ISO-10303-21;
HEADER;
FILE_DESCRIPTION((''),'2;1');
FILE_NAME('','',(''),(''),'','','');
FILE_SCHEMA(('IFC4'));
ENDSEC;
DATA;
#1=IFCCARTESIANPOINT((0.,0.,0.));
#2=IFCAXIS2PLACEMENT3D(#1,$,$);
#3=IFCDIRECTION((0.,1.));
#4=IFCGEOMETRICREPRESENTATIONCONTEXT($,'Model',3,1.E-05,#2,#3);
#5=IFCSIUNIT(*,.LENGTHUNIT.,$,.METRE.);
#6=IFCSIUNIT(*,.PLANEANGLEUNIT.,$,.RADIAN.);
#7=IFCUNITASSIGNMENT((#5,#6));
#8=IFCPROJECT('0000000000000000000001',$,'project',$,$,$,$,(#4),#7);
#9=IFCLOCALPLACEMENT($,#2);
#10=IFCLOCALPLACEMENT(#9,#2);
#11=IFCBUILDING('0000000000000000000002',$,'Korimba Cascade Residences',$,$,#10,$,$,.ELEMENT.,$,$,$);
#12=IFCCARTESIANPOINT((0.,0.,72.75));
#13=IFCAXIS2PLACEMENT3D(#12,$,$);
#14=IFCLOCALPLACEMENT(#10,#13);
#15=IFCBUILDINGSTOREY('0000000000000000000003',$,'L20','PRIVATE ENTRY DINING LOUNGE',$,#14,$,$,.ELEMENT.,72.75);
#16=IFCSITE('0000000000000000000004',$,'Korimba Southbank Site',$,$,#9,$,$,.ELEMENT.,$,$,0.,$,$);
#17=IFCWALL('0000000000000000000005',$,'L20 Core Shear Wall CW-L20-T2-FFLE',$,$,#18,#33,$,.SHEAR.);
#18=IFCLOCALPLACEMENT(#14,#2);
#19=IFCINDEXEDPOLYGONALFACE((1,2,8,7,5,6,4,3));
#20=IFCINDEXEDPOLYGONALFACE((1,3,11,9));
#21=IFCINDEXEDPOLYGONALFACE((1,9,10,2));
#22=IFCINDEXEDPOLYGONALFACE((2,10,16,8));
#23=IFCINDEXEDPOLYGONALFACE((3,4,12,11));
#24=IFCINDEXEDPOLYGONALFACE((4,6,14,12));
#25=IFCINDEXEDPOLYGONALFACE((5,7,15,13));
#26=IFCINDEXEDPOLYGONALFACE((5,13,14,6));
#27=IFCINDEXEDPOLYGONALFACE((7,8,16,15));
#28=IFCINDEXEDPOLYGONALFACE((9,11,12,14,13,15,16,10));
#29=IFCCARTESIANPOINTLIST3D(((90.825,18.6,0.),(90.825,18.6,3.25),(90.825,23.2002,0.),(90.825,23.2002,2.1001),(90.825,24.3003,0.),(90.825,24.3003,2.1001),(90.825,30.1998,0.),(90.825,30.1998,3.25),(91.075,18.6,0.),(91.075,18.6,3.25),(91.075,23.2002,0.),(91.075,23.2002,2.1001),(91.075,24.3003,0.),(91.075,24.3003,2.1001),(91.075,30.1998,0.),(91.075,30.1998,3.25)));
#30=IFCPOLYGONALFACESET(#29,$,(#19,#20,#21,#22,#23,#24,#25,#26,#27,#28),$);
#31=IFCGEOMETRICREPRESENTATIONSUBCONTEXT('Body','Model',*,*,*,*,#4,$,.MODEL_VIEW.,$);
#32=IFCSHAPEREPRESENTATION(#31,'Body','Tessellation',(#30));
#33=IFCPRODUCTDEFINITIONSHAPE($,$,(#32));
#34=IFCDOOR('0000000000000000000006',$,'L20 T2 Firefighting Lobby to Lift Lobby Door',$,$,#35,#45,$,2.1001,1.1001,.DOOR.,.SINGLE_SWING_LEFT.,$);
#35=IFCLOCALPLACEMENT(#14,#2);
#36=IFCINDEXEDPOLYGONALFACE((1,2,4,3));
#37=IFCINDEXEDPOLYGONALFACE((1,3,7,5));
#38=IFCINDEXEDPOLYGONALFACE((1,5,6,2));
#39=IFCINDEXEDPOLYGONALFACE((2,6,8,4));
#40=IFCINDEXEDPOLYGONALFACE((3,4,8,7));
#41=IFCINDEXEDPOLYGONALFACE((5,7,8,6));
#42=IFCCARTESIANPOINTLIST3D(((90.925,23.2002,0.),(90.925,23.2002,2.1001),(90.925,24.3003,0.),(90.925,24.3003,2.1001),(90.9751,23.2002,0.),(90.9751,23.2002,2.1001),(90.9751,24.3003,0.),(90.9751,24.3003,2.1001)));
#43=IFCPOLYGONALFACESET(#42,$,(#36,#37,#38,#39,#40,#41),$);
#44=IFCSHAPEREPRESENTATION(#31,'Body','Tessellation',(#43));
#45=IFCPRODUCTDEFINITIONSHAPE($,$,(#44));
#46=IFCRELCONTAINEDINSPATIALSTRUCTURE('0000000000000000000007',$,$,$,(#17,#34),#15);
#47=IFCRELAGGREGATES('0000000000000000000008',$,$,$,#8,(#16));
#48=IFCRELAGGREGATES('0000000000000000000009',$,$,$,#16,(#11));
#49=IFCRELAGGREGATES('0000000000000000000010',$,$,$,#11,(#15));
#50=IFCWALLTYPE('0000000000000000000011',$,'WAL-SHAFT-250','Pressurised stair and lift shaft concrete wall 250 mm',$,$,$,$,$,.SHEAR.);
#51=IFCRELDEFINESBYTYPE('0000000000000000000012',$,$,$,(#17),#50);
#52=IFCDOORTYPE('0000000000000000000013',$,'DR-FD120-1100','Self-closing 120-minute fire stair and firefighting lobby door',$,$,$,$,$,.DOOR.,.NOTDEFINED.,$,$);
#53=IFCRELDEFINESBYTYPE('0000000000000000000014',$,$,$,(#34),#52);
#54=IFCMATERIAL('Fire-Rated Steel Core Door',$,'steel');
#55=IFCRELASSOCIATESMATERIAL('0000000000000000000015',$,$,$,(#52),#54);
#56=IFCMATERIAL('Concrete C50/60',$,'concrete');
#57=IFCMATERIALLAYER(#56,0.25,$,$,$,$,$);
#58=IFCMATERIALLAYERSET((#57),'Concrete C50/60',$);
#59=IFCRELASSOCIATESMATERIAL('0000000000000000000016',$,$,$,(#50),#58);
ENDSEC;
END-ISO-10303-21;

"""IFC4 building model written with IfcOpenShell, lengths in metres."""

from ifc_helpers import new_model, si_unit, direction, frame, frame_2d, origin, place, context, subcontext, project, spatial, rectangle, extrude, material, layer, layer_set, type_object, element, fill, save


model = new_model("IFC4")

# Units and contexts
model_context = context("Model", 3, precision=1e-05, world=origin(), true_north=direction((0.0, 1.0)))
body_context = subcontext(model_context, "Body", "Model", "MODEL_VIEW")
ifc_project = project(units=[si_unit("LENGTHUNIT", "METRE"), si_unit("PLANEANGLEUNIT", "RADIAN")], contexts=[model_context])

# Site, building, storey
site_placement = place(None, origin())
site = spatial("IfcSite", under=ifc_project, at=site_placement, Name="Korimba Southbank Site", CompositionType="ELEMENT", RefElevation=0.0)
building_placement = place(site_placement, origin())
building = spatial("IfcBuilding", under=site, at=building_placement, Name="Korimba Cascade Residences", CompositionType="ELEMENT")
storey_placement = place(building_placement, frame((0.0, 0.0, 72.75)))
storey = spatial("IfcBuildingStorey", under=building, at=storey_placement, Name="L20", Description="PRIVATE ENTRY DINING LOUNGE", CompositionType="ELEMENT", Elevation=72.75)

# Shared definitions
ifc_material_1 = material(Name="Concrete C50/60", Category="concrete")

# Shared definitions
ifc_material_2 = material(Name="Fire-Rated Steel Core Door", Category="steel")
door_type_1 = type_object("IfcDoorType", Name="DR-FD120-1100", Description="Self-closing 120-minute fire stair and firefighting lobby door", OperationType="NOTDEFINED", PredefinedType="DOOR", material=ifc_material_2)

# Shared definitions
ifc_layer_1 = layer(ifc_material_1, 0.25)
ifc_layer_set_1 = layer_set([ifc_layer_1], Name="Concrete C50/60")
wall_type_1 = type_object("IfcWallType", Name="WAL-SHAFT-250", Description="Pressurised stair and lift shaft concrete wall 250 mm", PredefinedType="SHEAR", material=ifc_layer_set_1)

# Wall, opening, door
wall_1_placement = place(storey_placement, frame((90.95, 18.6001, 0.0), z_axis=(0.0, 0.0, 1.0), x_axis=(0.0, 1.0, 0.0)))
wall_1 = element("IfcWall", 1, at=wall_1_placement, inside=storey, type_object=wall_type_1, Name="L20 Core Shear Wall CW-L20-T2-FFLE", PredefinedType="SHEAR", context=body_context, shape_type="SweptSolid", body=[
    extrude(rectangle(XDim=11.5999, YDim=0.25, at=frame_2d((5.7998, 0.0))), origin(), (0.0, 0.0, 1.0), 3.25),
])
opening_1_placement = place(wall_1_placement, frame((4.6001, 0.0, 0.0)))
opening_1 = element("IfcOpeningElement", 2, at=opening_1_placement, cuts=wall_1, PredefinedType="OPENING", context=body_context, shape_type="SweptSolid", body=[
    extrude(rectangle(XDim=1.1001, YDim=2.1001, at=frame_2d((0.55, 1.05))), frame((0.0, 0.135, 0.0), z_axis=(0.0, -1.0, 0.0), x_axis=(1.0, 0.0, 0.0)), (0.0, 0.0, 1.0), 0.27),
])
door_1_placement = place(opening_1_placement, origin())
door_1 = element("IfcDoor", 3, at=door_1_placement, inside=storey, type_object=door_type_1, Name="L20 T2 Firefighting Lobby to Lift Lobby Door", OperationType="SINGLE_SWING_LEFT", OverallHeight=2.1001, OverallWidth=1.1001, PredefinedType="DOOR", context=body_context, shape_type="SweptSolid", body=[
    extrude(rectangle(XDim=1.1001, YDim=2.1001, at=frame_2d((0.55, 1.05))), frame((0.0, 0.0249, 0.0), z_axis=(0.0, -1.0, 0.0), x_axis=(1.0, 0.0, 0.0)), (0.0, 0.0, 1.0), 0.05),
])
fill(opening_1, door_1)

save(model, "model.ifc")
